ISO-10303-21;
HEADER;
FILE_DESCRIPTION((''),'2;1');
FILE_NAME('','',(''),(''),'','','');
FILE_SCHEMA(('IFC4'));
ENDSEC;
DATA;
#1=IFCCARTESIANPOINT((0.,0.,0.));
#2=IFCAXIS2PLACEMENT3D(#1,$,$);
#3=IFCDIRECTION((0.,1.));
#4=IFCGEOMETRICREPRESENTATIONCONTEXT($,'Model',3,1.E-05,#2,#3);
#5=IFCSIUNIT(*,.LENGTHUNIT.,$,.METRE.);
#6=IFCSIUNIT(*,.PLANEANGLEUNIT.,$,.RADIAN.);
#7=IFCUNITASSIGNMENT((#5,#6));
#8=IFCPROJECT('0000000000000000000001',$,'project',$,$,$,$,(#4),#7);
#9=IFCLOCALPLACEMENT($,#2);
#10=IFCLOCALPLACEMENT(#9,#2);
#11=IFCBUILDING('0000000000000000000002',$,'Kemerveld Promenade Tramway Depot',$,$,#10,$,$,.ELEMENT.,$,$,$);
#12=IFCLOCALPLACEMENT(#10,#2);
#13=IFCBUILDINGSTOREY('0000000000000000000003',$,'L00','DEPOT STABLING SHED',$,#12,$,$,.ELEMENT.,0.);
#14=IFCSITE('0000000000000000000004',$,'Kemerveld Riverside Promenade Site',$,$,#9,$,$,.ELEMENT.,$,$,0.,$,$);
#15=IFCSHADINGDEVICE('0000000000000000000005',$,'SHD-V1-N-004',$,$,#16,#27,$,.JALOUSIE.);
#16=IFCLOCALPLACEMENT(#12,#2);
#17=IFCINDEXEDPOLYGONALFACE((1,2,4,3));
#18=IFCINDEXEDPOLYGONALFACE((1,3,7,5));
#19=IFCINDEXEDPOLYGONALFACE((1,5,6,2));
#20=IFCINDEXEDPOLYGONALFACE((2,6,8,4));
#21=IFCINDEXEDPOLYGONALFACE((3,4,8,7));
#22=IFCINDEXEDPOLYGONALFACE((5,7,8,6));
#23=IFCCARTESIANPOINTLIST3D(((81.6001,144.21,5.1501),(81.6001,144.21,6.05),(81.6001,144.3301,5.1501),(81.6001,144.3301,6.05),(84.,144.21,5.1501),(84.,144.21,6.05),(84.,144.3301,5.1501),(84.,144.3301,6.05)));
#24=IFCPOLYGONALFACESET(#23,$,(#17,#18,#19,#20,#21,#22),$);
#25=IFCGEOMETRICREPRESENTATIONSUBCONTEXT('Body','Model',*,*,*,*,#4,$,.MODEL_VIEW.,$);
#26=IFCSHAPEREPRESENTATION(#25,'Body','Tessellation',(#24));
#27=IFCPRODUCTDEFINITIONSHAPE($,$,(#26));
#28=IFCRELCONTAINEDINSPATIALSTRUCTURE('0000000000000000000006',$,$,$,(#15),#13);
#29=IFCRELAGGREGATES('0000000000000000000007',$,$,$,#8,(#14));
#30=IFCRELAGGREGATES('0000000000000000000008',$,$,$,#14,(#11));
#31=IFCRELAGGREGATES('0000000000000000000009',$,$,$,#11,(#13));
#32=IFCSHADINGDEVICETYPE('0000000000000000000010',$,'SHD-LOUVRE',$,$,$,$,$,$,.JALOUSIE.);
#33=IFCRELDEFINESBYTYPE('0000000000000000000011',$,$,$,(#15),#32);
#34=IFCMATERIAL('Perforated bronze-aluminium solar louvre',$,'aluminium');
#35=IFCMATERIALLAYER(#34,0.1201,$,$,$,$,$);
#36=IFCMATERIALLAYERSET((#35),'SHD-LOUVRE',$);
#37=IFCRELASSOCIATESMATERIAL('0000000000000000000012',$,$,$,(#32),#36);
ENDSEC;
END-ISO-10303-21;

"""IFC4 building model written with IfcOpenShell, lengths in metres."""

from ifc_helpers import new_model, si_unit, direction, frame, origin, origin_2d, place, context, subcontext, project, spatial, rectangle, extrude, material, layer, layer_set, type_object, element, save


model = new_model("IFC4")

# Units and contexts
model_context = context("Model", 3, precision=1e-05, world=origin(), true_north=direction((0.0, 1.0)))
body_context = subcontext(model_context, "Body", "Model", "MODEL_VIEW")
ifc_project = project(units=[si_unit("LENGTHUNIT", "METRE"), si_unit("PLANEANGLEUNIT", "RADIAN")], contexts=[model_context])

# Site, building, storey
site_placement = place(None, origin())
site = spatial("IfcSite", under=ifc_project, at=site_placement, Name="Kemerveld Riverside Promenade Site", CompositionType="ELEMENT", RefElevation=0.0)
building_placement = place(site_placement, origin())
building = spatial("IfcBuilding", under=site, at=building_placement, Name="Kemerveld Promenade Tramway Depot", CompositionType="ELEMENT")
storey_placement = place(building_placement, origin())
storey = spatial("IfcBuildingStorey", under=building, at=storey_placement, Name="L00", Description="DEPOT STABLING SHED", CompositionType="ELEMENT", Elevation=0.0)

# Shading device
ifc_material_1 = material(Name="Perforated bronze-aluminium solar louvre", Category="aluminium")
ifc_layer_1 = layer(ifc_material_1, 0.1201)
ifc_layer_set_1 = layer_set([ifc_layer_1], Name="SHD-LOUVRE")
shading_device_type = type_object("IfcShadingDeviceType", Name="SHD-LOUVRE", PredefinedType="JALOUSIE", material=ifc_layer_set_1)
shading_device_placement = place(storey_placement, frame((82.8, 144.27, 5.1501), z_axis=(0.0, 0.0, 1.0), x_axis=(1.0, 0.0, 0.0)))
element("IfcShadingDevice", 1, at=shading_device_placement, inside=storey, type_object=shading_device_type, Name="SHD-V1-N-004", PredefinedType="JALOUSIE", context=body_context, shape_type="SweptSolid", body=[
    extrude(rectangle(XDim=2.3999, YDim=0.1201, at=origin_2d()), origin(), (0.0, 0.0, 1.0), 0.8999),
])

save(model, "model.ifc")
